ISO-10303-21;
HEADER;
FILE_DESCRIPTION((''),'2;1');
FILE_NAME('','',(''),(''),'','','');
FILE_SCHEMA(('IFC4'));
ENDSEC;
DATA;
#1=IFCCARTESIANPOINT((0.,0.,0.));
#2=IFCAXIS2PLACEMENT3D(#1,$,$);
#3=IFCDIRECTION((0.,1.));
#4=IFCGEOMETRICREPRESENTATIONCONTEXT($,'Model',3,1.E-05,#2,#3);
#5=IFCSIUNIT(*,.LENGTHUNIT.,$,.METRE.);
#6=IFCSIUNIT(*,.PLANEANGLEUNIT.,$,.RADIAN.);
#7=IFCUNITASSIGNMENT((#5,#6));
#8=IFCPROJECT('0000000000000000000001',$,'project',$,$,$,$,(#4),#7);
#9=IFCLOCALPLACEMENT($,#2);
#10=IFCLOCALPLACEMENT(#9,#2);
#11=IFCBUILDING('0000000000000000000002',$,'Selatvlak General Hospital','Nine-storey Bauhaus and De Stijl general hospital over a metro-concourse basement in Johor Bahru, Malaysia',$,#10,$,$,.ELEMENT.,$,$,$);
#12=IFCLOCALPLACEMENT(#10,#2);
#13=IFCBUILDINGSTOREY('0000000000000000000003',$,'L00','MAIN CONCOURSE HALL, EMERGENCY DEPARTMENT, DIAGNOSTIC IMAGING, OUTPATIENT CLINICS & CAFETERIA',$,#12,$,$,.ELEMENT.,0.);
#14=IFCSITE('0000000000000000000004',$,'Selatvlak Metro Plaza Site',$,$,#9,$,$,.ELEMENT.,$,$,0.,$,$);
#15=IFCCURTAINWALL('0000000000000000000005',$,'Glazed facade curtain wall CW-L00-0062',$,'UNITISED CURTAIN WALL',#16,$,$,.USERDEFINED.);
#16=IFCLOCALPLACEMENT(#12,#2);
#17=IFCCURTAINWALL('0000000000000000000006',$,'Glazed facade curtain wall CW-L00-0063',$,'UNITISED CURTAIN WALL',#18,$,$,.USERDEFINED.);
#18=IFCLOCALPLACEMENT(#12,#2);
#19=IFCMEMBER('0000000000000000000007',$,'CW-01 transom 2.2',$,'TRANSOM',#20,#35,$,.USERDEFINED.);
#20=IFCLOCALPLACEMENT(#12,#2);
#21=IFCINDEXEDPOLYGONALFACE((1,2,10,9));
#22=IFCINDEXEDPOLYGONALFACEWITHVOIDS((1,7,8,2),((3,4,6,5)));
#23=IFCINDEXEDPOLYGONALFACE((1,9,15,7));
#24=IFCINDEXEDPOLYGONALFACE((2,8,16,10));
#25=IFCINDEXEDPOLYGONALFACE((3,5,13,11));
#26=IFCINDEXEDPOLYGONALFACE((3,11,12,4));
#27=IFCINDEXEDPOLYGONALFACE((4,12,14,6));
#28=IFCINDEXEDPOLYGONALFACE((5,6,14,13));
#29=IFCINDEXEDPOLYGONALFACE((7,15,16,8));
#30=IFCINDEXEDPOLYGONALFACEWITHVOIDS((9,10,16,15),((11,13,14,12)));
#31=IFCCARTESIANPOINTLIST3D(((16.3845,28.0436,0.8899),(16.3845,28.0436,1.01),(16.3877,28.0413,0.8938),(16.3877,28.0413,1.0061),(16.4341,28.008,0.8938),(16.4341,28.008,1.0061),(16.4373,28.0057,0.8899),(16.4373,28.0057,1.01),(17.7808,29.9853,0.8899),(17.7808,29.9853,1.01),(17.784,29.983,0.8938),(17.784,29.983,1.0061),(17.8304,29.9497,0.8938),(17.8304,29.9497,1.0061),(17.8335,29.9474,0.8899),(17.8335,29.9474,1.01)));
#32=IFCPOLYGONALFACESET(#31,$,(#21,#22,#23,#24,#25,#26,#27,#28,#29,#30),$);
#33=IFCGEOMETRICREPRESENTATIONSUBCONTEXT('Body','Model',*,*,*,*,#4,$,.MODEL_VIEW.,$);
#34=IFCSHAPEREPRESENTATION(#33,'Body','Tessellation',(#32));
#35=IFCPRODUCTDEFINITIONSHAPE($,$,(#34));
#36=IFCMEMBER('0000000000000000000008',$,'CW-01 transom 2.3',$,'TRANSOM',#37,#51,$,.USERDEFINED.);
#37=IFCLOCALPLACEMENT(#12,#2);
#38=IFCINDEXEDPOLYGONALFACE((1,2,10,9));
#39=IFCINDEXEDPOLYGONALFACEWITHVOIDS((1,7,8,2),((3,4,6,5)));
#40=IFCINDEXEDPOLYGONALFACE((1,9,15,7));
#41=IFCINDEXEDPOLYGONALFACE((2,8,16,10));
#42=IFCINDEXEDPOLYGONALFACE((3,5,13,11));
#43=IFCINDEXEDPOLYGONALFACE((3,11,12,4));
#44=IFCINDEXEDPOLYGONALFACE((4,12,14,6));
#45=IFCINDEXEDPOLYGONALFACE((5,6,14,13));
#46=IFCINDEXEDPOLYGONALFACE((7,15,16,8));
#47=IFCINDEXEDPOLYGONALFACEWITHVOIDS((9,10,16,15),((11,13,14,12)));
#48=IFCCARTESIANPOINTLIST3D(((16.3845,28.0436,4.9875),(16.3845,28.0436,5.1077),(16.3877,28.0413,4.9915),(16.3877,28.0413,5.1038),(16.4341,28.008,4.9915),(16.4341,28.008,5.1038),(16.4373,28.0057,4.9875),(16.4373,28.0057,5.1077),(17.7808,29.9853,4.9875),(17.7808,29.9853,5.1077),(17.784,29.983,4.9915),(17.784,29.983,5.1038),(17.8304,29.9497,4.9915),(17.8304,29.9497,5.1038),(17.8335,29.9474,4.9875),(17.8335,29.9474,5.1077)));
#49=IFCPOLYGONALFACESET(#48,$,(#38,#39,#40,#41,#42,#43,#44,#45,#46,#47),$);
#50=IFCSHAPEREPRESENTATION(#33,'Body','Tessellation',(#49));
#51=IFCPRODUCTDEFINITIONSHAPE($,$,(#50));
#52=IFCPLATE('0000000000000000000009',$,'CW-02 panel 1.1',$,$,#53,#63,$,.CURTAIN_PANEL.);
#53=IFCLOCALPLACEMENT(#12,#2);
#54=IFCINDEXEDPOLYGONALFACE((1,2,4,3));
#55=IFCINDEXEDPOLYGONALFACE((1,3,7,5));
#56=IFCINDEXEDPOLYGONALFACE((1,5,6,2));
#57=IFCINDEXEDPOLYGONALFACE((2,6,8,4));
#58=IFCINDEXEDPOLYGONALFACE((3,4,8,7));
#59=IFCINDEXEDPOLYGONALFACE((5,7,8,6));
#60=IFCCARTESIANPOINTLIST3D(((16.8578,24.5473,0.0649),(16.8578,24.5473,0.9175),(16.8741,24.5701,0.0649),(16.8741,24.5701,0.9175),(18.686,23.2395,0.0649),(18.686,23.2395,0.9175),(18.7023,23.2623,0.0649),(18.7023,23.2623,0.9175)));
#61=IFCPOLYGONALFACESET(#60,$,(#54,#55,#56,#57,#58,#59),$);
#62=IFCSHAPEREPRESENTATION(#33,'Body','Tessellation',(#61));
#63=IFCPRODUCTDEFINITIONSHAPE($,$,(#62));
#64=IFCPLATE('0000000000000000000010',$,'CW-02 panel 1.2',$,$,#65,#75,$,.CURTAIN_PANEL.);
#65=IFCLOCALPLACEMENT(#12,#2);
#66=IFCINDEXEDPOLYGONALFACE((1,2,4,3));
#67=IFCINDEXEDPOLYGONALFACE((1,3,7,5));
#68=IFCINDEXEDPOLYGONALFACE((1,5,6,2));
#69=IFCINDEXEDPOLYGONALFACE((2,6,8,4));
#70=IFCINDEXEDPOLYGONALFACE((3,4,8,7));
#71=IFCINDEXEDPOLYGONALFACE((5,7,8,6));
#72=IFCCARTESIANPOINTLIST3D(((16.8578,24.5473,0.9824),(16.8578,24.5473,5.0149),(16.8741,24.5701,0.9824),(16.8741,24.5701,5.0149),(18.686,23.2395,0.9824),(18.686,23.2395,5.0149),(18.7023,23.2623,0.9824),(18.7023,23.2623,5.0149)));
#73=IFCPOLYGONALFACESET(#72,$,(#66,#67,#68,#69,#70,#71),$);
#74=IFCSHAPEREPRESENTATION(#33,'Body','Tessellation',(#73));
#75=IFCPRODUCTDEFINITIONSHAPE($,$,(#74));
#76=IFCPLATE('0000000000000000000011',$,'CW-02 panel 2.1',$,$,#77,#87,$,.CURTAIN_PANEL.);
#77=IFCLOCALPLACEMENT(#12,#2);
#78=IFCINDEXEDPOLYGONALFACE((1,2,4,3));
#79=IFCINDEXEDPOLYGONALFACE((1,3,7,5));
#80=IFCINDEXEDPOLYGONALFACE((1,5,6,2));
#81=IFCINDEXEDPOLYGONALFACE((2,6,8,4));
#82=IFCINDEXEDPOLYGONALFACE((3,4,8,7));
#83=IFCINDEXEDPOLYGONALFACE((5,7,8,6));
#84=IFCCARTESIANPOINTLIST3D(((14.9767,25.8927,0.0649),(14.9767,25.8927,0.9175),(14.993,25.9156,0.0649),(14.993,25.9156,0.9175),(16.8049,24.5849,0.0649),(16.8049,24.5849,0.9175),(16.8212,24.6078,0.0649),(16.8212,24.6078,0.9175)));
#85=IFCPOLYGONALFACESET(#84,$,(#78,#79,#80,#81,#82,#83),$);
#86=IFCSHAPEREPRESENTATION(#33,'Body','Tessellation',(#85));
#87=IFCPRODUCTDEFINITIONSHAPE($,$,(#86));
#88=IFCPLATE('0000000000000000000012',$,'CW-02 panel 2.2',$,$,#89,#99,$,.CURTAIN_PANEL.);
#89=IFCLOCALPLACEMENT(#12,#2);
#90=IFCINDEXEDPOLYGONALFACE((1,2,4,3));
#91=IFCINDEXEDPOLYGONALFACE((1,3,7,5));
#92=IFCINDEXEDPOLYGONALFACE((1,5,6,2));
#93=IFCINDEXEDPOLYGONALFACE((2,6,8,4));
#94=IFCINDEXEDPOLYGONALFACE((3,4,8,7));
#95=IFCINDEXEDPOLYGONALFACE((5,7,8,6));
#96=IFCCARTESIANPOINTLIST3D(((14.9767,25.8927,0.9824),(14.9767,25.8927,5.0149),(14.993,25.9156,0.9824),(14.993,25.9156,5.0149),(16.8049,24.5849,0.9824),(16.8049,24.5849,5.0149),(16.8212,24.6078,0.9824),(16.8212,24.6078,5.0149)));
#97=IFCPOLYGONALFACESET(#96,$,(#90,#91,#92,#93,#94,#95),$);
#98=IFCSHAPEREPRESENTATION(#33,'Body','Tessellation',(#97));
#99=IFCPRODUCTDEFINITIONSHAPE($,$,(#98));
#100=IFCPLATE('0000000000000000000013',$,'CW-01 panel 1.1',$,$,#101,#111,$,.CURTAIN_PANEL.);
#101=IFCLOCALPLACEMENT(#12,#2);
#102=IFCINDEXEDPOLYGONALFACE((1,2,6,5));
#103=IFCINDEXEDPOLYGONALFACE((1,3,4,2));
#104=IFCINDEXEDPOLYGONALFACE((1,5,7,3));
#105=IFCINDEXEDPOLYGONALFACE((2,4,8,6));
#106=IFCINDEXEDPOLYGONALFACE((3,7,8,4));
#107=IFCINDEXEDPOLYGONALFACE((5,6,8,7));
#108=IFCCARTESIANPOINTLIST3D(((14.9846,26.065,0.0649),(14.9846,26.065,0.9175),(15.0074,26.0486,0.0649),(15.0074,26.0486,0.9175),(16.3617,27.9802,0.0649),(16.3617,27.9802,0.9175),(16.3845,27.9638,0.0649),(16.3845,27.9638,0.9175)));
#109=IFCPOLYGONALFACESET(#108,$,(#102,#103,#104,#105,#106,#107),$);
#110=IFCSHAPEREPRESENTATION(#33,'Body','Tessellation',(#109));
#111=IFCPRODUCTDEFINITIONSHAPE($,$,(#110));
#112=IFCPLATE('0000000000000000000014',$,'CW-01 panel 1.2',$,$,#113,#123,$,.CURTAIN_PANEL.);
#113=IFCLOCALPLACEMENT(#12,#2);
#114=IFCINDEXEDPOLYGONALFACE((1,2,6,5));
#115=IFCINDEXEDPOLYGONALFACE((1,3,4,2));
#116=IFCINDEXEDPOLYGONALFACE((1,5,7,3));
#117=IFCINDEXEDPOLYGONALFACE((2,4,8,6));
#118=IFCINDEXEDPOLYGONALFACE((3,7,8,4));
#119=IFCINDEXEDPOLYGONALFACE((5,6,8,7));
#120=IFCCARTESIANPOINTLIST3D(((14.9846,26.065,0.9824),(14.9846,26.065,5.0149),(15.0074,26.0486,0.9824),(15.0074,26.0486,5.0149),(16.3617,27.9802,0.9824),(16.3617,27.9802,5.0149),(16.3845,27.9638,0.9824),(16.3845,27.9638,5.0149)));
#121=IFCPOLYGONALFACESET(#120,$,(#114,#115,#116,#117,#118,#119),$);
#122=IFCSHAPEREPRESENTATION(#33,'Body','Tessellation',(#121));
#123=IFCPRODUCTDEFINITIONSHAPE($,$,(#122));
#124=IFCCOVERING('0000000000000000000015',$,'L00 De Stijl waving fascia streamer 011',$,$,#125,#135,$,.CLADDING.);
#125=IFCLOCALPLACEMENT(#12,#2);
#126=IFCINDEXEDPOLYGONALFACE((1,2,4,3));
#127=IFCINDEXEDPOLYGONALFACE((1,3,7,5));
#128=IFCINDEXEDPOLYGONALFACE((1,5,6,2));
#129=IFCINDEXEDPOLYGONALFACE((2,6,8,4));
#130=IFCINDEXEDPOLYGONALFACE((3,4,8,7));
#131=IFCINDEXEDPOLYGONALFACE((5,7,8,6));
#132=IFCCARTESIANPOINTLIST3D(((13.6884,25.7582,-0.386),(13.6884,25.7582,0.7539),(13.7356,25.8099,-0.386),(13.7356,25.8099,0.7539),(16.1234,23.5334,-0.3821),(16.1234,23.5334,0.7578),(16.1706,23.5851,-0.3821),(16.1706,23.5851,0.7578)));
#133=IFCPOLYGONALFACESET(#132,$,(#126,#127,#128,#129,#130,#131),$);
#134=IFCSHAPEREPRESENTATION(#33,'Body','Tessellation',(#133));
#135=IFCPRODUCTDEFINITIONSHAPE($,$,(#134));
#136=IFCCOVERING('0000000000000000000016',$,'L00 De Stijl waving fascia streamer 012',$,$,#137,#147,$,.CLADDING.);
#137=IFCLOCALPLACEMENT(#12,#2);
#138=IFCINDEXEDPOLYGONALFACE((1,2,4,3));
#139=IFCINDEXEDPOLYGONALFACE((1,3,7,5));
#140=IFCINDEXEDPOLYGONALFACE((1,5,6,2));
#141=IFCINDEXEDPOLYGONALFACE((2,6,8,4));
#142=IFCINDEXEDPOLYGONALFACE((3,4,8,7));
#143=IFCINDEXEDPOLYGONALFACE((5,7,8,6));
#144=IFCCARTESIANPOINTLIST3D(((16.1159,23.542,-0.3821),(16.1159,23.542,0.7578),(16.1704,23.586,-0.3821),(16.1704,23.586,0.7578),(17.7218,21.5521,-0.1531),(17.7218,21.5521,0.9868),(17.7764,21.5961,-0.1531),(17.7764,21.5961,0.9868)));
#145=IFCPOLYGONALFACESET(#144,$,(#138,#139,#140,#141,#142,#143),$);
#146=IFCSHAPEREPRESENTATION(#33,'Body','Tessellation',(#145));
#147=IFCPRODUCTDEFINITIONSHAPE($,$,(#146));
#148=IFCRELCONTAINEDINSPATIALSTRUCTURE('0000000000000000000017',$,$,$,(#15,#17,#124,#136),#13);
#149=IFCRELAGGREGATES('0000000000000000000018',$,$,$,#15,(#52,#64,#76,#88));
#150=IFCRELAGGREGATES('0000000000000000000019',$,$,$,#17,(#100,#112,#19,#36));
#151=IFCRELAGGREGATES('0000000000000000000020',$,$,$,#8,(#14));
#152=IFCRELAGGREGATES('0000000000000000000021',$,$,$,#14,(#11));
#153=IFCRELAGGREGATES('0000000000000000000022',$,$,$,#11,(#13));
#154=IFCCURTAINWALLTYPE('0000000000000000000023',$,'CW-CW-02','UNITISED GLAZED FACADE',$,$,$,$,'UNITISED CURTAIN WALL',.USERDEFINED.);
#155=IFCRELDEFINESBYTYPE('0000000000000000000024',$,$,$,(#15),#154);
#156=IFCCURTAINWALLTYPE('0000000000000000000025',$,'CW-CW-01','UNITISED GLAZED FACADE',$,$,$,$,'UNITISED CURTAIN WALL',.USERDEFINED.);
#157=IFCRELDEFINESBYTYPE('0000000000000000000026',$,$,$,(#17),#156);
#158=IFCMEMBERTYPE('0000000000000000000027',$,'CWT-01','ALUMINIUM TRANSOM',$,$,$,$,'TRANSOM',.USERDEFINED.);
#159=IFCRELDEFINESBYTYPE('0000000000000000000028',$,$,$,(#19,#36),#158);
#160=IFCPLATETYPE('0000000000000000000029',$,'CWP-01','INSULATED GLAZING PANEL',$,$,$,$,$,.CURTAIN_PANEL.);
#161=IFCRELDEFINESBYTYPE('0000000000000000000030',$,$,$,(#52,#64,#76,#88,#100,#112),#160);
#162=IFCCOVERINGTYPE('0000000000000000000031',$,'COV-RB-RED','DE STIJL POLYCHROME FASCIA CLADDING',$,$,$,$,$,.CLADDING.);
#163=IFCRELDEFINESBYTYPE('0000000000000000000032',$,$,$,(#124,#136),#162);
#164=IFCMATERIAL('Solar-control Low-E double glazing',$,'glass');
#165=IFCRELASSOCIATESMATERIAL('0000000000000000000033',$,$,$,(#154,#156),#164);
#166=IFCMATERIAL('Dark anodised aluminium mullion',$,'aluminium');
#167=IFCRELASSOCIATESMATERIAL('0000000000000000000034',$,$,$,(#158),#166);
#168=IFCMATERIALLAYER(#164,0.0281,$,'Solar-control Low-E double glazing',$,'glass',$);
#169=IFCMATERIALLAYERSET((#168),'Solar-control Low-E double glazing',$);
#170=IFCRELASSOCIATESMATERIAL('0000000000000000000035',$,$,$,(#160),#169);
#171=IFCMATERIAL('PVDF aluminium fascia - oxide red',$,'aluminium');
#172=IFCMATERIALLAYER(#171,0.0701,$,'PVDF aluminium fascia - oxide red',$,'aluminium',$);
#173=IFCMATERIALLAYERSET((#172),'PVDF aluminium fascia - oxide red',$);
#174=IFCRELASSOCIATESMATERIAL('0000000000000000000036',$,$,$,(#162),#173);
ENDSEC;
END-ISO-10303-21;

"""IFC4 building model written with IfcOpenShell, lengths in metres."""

from ifc_helpers import new_model, si_unit, direction, frame, origin, origin_2d, place, context, subcontext, project, spatial, polyline, rectangle, hollow_rectangle, outline, extrude, material, layer, layer_set, material_profile, profile_set, type_object, element, aggregate, save


model = new_model("IFC4")

# Units and contexts
model_context = context("Model", 3, precision=1e-05, world=origin(), true_north=direction((0.0, 1.0)))
body_context = subcontext(model_context, "Body", "Model", "MODEL_VIEW")
ifc_project = project(units=[si_unit("LENGTHUNIT", "METRE"), si_unit("PLANEANGLEUNIT", "RADIAN")], contexts=[model_context])

# Site, building, storey
site_placement = place(None, origin())
site = spatial("IfcSite", under=ifc_project, at=site_placement, Name="Selatvlak Metro Plaza Site", CompositionType="ELEMENT", RefElevation=0.0)
building_placement = place(site_placement, origin())
building = spatial("IfcBuilding", under=site, at=building_placement, Name="Selatvlak General Hospital", Description="Nine-storey Bauhaus and De Stijl general hospital over a metro-concourse basement in Johor Bahru, Malaysia", CompositionType="ELEMENT")
storey_placement = place(building_placement, origin())
storey = spatial("IfcBuildingStorey", under=building, at=storey_placement, Name="L00", Description="MAIN CONCOURSE HALL, EMERGENCY DEPARTMENT, DIAGNOSTIC IMAGING, OUTPATIENT CLINICS & CAFETERIA", CompositionType="ELEMENT", Elevation=0.0)

# Curtain walls
ifc_material_1 = material(Name="Solar-control Low-E double glazing", Category="glass")
curtain_wall_type_1 = type_object("IfcCurtainWallType", Name="CW-CW-02", Description="UNITISED GLAZED FACADE", ElementType="UNITISED CURTAIN WALL", PredefinedType="USERDEFINED", material=ifc_material_1)
curtain_wall_1_placement = place(storey_placement, origin())
curtain_wall_1 = element("IfcCurtainWall", 1, at=curtain_wall_1_placement, inside=storey, type_object=curtain_wall_type_1, Name="Glazed facade curtain wall CW-L00-0062", ObjectType="UNITISED CURTAIN WALL", PredefinedType="USERDEFINED")
ifc_material_2 = material(Name="Dark anodised aluminium mullion", Category="aluminium")
curtain_wall_type_2 = type_object("IfcCurtainWallType", Name="CW-CW-01", Description="UNITISED GLAZED FACADE", ElementType="UNITISED CURTAIN WALL", PredefinedType="USERDEFINED", material=ifc_material_1)
curtain_wall_2_placement = place(storey_placement, origin())
curtain_wall_2 = element("IfcCurtainWall", 2, at=curtain_wall_2_placement, inside=storey, type_object=curtain_wall_type_2, Name="Glazed facade curtain wall CW-L00-0063", ObjectType="UNITISED CURTAIN WALL", PredefinedType="USERDEFINED")

# Members
ifc_material_profile_1 = material_profile(ifc_material_2, hollow_rectangle(XDim=0.0649, YDim=0.1201, WallThickness=0.0039, at=origin_2d()), Name="AL-TRN 65x120x4")
ifc_profile_set_1 = profile_set([ifc_material_profile_1], Name="Dark anodised aluminium mullion")
member_type_1 = type_object("IfcMemberType", Name="CWT-01", Description="ALUMINIUM TRANSOM", ElementType="TRANSOM", PredefinedType="USERDEFINED", material=ifc_profile_set_1)
member_1_placement = place(storey_placement, frame((16.4109, 28.0247, 0.95), z_axis=(0.583823, 0.811881, 0.0), x_axis=(-0.811881, 0.583823, 0.0)))
member_1 = element("IfcMember", 3, at=member_1_placement, type_object=member_type_1, Name="CW-01 transom 2.2", ObjectType="TRANSOM", PredefinedType="USERDEFINED", context=body_context, shape_type="SweptSolid", body=[
    extrude(hollow_rectangle(XDim=0.0649, YDim=0.1201, WallThickness=0.0039, at=origin_2d()), origin(), (0.0, 0.0, 1.0), 2.3916),
])
member_2_placement = place(storey_placement, frame((16.4109, 28.0247, 5.0476), z_axis=(0.583823, 0.811881, 0.0), x_axis=(-0.811881, 0.583823, 0.0)))
member_2 = element("IfcMember", 4, at=member_2_placement, type_object=member_type_1, Name="CW-01 transom 2.3", ObjectType="TRANSOM", PredefinedType="USERDEFINED", context=body_context, shape_type="SweptSolid", body=[
    extrude(hollow_rectangle(XDim=0.0649, YDim=0.1201, WallThickness=0.0039, at=origin_2d()), origin(), (0.0, 0.0, 1.0), 2.3916),
])

# Plates
ifc_layer_1 = layer(ifc_material_1, 0.0281, Name="Solar-control Low-E double glazing", Category="glass")
ifc_layer_set_1 = layer_set([ifc_layer_1], Name="Solar-control Low-E double glazing")
plate_type = type_object("IfcPlateType", Name="CWP-01", Description="INSULATED GLAZING PANEL", PredefinedType="CURTAIN_PANEL", material=ifc_layer_set_1)
plate_1_placement = place(storey_placement, frame((17.78, 23.9048, 0.0649), z_axis=(0.0, 0.0, 1.0), x_axis=(-0.81333, 0.581803, 0.0)))
plate_1 = element("IfcPlate", 5, at=plate_1_placement, type_object=plate_type, Name="CW-02 panel 1.1", PredefinedType="CURTAIN_PANEL", context=body_context, shape_type="SweptSolid", body=[
    extrude(rectangle(XDim=2.2478, YDim=0.0281, at=origin_2d()), origin(), (0.0, 0.0, 1.0), 0.8525),
])
plate_2_placement = place(storey_placement, frame((17.78, 23.9048, 0.9824), z_axis=(0.0, 0.0, 1.0), x_axis=(-0.81333, 0.581803, 0.0)))
plate_2 = element("IfcPlate", 6, at=plate_2_placement, type_object=plate_type, Name="CW-02 panel 1.2", PredefinedType="CURTAIN_PANEL", context=body_context, shape_type="SweptSolid", body=[
    extrude(rectangle(XDim=2.2478, YDim=0.0281, at=origin_2d()), origin(), (0.0, 0.0, 1.0), 4.0325),
])
plate_3_placement = place(storey_placement, frame((15.8989, 25.2502, 0.0649), z_axis=(0.0, 0.0, 1.0), x_axis=(-0.81333, 0.581803, 0.0)))
plate_3 = element("IfcPlate", 7, at=plate_3_placement, type_object=plate_type, Name="CW-02 panel 2.1", PredefinedType="CURTAIN_PANEL", context=body_context, shape_type="SweptSolid", body=[
    extrude(rectangle(XDim=2.2478, YDim=0.0281, at=origin_2d()), origin(), (0.0, 0.0, 1.0), 0.8525),
])
plate_4_placement = place(storey_placement, frame((15.8989, 25.2502, 0.9824), z_axis=(0.0, 0.0, 1.0), x_axis=(-0.81333, 0.581803, 0.0)))
plate_4 = element("IfcPlate", 8, at=plate_4_placement, type_object=plate_type, Name="CW-02 panel 2.2", PredefinedType="CURTAIN_PANEL", context=body_context, shape_type="SweptSolid", body=[
    extrude(rectangle(XDim=2.2478, YDim=0.0281, at=origin_2d()), origin(), (0.0, 0.0, 1.0), 4.0325),
])
aggregate(curtain_wall_1, [plate_1, plate_2, plate_3, plate_4])
plate_5_placement = place(storey_placement, frame((15.6846, 27.0144, 0.0649), z_axis=(0.0, 0.0, 1.0), x_axis=(0.58379, 0.811905, 0.0)))
plate_5 = element("IfcPlate", 9, at=plate_5_placement, type_object=plate_type, Name="CW-01 panel 1.1", PredefinedType="CURTAIN_PANEL", context=body_context, shape_type="SweptSolid", body=[
    extrude(rectangle(XDim=2.3589, YDim=0.0281, at=origin_2d()), origin(), (0.0, 0.0, 1.0), 0.8525),
])
plate_6_placement = place(storey_placement, frame((15.6846, 27.0144, 0.9824), z_axis=(0.0, 0.0, 1.0), x_axis=(0.58379, 0.811905, 0.0)))
plate_6 = element("IfcPlate", 10, at=plate_6_placement, type_object=plate_type, Name="CW-01 panel 1.2", PredefinedType="CURTAIN_PANEL", context=body_context, shape_type="SweptSolid", body=[
    extrude(rectangle(XDim=2.3589, YDim=0.0281, at=origin_2d()), origin(), (0.0, 0.0, 1.0), 4.0325),
])
aggregate(curtain_wall_2, [plate_5, plate_6, member_1, member_2])

# Coverings
ifc_material_3 = material(Name="PVDF aluminium fascia - oxide red", Category="aluminium")
ifc_layer_2 = layer(ifc_material_3, 0.0701, Name="PVDF aluminium fascia - oxide red", Category="aluminium")
ifc_layer_set_2 = layer_set([ifc_layer_2], Name="PVDF aluminium fascia - oxide red")
covering_type = type_object("IfcCoveringType", Name="COV-RB-RED", Description="DE STIJL POLYCHROME FASCIA CLADDING", PredefinedType="CLADDING", material=ifc_layer_set_2)
covering_1_placement = place(storey_placement, frame((13.7119, 25.7839, -0.386), z_axis=(0.0, 0.0, 1.0), x_axis=(0.738253, -0.674524, 0.0)))
element("IfcCovering", 11, at=covering_1_placement, inside=storey, type_object=covering_type, Name="L00 De Stijl waving fascia streamer 011", PredefinedType="CLADDING", context=body_context, shape_type="SweptSolid", body=[
    extrude(outline(polyline([(0.0, 0.0), (3.2983, 0.0039), (3.2983, 1.1438), (0.0, 1.1399), (0.0, 0.0)])), frame((0.0, 0.0352, 0.0), z_axis=(0.0, -1.0, 0.0), x_axis=(1.0, 0.0, 0.0)), (0.0, 0.0, 1.0), 0.0701),
])
covering_2_placement = place(storey_placement, frame((16.1431, 23.564, -0.3821), z_axis=(0.0, 0.0, 1.0), x_axis=(0.628019, -0.778198, 0.0)))
element("IfcCovering", 12, at=covering_2_placement, inside=storey, type_object=covering_type, Name="L00 De Stijl waving fascia streamer 012", PredefinedType="CLADDING", context=body_context, shape_type="SweptSolid", body=[
    extrude(outline(polyline([(0.0, 0.0), (2.5571, 0.229), (2.5571, 1.3689), (0.0, 1.1399), (0.0, 0.0)])), frame((0.0, 0.0352, 0.0), z_axis=(0.0, -1.0, 0.0), x_axis=(1.0, 0.0, 0.0)), (0.0, 0.0, 1.0), 0.0701),
])

save(model, "model.ifc")
